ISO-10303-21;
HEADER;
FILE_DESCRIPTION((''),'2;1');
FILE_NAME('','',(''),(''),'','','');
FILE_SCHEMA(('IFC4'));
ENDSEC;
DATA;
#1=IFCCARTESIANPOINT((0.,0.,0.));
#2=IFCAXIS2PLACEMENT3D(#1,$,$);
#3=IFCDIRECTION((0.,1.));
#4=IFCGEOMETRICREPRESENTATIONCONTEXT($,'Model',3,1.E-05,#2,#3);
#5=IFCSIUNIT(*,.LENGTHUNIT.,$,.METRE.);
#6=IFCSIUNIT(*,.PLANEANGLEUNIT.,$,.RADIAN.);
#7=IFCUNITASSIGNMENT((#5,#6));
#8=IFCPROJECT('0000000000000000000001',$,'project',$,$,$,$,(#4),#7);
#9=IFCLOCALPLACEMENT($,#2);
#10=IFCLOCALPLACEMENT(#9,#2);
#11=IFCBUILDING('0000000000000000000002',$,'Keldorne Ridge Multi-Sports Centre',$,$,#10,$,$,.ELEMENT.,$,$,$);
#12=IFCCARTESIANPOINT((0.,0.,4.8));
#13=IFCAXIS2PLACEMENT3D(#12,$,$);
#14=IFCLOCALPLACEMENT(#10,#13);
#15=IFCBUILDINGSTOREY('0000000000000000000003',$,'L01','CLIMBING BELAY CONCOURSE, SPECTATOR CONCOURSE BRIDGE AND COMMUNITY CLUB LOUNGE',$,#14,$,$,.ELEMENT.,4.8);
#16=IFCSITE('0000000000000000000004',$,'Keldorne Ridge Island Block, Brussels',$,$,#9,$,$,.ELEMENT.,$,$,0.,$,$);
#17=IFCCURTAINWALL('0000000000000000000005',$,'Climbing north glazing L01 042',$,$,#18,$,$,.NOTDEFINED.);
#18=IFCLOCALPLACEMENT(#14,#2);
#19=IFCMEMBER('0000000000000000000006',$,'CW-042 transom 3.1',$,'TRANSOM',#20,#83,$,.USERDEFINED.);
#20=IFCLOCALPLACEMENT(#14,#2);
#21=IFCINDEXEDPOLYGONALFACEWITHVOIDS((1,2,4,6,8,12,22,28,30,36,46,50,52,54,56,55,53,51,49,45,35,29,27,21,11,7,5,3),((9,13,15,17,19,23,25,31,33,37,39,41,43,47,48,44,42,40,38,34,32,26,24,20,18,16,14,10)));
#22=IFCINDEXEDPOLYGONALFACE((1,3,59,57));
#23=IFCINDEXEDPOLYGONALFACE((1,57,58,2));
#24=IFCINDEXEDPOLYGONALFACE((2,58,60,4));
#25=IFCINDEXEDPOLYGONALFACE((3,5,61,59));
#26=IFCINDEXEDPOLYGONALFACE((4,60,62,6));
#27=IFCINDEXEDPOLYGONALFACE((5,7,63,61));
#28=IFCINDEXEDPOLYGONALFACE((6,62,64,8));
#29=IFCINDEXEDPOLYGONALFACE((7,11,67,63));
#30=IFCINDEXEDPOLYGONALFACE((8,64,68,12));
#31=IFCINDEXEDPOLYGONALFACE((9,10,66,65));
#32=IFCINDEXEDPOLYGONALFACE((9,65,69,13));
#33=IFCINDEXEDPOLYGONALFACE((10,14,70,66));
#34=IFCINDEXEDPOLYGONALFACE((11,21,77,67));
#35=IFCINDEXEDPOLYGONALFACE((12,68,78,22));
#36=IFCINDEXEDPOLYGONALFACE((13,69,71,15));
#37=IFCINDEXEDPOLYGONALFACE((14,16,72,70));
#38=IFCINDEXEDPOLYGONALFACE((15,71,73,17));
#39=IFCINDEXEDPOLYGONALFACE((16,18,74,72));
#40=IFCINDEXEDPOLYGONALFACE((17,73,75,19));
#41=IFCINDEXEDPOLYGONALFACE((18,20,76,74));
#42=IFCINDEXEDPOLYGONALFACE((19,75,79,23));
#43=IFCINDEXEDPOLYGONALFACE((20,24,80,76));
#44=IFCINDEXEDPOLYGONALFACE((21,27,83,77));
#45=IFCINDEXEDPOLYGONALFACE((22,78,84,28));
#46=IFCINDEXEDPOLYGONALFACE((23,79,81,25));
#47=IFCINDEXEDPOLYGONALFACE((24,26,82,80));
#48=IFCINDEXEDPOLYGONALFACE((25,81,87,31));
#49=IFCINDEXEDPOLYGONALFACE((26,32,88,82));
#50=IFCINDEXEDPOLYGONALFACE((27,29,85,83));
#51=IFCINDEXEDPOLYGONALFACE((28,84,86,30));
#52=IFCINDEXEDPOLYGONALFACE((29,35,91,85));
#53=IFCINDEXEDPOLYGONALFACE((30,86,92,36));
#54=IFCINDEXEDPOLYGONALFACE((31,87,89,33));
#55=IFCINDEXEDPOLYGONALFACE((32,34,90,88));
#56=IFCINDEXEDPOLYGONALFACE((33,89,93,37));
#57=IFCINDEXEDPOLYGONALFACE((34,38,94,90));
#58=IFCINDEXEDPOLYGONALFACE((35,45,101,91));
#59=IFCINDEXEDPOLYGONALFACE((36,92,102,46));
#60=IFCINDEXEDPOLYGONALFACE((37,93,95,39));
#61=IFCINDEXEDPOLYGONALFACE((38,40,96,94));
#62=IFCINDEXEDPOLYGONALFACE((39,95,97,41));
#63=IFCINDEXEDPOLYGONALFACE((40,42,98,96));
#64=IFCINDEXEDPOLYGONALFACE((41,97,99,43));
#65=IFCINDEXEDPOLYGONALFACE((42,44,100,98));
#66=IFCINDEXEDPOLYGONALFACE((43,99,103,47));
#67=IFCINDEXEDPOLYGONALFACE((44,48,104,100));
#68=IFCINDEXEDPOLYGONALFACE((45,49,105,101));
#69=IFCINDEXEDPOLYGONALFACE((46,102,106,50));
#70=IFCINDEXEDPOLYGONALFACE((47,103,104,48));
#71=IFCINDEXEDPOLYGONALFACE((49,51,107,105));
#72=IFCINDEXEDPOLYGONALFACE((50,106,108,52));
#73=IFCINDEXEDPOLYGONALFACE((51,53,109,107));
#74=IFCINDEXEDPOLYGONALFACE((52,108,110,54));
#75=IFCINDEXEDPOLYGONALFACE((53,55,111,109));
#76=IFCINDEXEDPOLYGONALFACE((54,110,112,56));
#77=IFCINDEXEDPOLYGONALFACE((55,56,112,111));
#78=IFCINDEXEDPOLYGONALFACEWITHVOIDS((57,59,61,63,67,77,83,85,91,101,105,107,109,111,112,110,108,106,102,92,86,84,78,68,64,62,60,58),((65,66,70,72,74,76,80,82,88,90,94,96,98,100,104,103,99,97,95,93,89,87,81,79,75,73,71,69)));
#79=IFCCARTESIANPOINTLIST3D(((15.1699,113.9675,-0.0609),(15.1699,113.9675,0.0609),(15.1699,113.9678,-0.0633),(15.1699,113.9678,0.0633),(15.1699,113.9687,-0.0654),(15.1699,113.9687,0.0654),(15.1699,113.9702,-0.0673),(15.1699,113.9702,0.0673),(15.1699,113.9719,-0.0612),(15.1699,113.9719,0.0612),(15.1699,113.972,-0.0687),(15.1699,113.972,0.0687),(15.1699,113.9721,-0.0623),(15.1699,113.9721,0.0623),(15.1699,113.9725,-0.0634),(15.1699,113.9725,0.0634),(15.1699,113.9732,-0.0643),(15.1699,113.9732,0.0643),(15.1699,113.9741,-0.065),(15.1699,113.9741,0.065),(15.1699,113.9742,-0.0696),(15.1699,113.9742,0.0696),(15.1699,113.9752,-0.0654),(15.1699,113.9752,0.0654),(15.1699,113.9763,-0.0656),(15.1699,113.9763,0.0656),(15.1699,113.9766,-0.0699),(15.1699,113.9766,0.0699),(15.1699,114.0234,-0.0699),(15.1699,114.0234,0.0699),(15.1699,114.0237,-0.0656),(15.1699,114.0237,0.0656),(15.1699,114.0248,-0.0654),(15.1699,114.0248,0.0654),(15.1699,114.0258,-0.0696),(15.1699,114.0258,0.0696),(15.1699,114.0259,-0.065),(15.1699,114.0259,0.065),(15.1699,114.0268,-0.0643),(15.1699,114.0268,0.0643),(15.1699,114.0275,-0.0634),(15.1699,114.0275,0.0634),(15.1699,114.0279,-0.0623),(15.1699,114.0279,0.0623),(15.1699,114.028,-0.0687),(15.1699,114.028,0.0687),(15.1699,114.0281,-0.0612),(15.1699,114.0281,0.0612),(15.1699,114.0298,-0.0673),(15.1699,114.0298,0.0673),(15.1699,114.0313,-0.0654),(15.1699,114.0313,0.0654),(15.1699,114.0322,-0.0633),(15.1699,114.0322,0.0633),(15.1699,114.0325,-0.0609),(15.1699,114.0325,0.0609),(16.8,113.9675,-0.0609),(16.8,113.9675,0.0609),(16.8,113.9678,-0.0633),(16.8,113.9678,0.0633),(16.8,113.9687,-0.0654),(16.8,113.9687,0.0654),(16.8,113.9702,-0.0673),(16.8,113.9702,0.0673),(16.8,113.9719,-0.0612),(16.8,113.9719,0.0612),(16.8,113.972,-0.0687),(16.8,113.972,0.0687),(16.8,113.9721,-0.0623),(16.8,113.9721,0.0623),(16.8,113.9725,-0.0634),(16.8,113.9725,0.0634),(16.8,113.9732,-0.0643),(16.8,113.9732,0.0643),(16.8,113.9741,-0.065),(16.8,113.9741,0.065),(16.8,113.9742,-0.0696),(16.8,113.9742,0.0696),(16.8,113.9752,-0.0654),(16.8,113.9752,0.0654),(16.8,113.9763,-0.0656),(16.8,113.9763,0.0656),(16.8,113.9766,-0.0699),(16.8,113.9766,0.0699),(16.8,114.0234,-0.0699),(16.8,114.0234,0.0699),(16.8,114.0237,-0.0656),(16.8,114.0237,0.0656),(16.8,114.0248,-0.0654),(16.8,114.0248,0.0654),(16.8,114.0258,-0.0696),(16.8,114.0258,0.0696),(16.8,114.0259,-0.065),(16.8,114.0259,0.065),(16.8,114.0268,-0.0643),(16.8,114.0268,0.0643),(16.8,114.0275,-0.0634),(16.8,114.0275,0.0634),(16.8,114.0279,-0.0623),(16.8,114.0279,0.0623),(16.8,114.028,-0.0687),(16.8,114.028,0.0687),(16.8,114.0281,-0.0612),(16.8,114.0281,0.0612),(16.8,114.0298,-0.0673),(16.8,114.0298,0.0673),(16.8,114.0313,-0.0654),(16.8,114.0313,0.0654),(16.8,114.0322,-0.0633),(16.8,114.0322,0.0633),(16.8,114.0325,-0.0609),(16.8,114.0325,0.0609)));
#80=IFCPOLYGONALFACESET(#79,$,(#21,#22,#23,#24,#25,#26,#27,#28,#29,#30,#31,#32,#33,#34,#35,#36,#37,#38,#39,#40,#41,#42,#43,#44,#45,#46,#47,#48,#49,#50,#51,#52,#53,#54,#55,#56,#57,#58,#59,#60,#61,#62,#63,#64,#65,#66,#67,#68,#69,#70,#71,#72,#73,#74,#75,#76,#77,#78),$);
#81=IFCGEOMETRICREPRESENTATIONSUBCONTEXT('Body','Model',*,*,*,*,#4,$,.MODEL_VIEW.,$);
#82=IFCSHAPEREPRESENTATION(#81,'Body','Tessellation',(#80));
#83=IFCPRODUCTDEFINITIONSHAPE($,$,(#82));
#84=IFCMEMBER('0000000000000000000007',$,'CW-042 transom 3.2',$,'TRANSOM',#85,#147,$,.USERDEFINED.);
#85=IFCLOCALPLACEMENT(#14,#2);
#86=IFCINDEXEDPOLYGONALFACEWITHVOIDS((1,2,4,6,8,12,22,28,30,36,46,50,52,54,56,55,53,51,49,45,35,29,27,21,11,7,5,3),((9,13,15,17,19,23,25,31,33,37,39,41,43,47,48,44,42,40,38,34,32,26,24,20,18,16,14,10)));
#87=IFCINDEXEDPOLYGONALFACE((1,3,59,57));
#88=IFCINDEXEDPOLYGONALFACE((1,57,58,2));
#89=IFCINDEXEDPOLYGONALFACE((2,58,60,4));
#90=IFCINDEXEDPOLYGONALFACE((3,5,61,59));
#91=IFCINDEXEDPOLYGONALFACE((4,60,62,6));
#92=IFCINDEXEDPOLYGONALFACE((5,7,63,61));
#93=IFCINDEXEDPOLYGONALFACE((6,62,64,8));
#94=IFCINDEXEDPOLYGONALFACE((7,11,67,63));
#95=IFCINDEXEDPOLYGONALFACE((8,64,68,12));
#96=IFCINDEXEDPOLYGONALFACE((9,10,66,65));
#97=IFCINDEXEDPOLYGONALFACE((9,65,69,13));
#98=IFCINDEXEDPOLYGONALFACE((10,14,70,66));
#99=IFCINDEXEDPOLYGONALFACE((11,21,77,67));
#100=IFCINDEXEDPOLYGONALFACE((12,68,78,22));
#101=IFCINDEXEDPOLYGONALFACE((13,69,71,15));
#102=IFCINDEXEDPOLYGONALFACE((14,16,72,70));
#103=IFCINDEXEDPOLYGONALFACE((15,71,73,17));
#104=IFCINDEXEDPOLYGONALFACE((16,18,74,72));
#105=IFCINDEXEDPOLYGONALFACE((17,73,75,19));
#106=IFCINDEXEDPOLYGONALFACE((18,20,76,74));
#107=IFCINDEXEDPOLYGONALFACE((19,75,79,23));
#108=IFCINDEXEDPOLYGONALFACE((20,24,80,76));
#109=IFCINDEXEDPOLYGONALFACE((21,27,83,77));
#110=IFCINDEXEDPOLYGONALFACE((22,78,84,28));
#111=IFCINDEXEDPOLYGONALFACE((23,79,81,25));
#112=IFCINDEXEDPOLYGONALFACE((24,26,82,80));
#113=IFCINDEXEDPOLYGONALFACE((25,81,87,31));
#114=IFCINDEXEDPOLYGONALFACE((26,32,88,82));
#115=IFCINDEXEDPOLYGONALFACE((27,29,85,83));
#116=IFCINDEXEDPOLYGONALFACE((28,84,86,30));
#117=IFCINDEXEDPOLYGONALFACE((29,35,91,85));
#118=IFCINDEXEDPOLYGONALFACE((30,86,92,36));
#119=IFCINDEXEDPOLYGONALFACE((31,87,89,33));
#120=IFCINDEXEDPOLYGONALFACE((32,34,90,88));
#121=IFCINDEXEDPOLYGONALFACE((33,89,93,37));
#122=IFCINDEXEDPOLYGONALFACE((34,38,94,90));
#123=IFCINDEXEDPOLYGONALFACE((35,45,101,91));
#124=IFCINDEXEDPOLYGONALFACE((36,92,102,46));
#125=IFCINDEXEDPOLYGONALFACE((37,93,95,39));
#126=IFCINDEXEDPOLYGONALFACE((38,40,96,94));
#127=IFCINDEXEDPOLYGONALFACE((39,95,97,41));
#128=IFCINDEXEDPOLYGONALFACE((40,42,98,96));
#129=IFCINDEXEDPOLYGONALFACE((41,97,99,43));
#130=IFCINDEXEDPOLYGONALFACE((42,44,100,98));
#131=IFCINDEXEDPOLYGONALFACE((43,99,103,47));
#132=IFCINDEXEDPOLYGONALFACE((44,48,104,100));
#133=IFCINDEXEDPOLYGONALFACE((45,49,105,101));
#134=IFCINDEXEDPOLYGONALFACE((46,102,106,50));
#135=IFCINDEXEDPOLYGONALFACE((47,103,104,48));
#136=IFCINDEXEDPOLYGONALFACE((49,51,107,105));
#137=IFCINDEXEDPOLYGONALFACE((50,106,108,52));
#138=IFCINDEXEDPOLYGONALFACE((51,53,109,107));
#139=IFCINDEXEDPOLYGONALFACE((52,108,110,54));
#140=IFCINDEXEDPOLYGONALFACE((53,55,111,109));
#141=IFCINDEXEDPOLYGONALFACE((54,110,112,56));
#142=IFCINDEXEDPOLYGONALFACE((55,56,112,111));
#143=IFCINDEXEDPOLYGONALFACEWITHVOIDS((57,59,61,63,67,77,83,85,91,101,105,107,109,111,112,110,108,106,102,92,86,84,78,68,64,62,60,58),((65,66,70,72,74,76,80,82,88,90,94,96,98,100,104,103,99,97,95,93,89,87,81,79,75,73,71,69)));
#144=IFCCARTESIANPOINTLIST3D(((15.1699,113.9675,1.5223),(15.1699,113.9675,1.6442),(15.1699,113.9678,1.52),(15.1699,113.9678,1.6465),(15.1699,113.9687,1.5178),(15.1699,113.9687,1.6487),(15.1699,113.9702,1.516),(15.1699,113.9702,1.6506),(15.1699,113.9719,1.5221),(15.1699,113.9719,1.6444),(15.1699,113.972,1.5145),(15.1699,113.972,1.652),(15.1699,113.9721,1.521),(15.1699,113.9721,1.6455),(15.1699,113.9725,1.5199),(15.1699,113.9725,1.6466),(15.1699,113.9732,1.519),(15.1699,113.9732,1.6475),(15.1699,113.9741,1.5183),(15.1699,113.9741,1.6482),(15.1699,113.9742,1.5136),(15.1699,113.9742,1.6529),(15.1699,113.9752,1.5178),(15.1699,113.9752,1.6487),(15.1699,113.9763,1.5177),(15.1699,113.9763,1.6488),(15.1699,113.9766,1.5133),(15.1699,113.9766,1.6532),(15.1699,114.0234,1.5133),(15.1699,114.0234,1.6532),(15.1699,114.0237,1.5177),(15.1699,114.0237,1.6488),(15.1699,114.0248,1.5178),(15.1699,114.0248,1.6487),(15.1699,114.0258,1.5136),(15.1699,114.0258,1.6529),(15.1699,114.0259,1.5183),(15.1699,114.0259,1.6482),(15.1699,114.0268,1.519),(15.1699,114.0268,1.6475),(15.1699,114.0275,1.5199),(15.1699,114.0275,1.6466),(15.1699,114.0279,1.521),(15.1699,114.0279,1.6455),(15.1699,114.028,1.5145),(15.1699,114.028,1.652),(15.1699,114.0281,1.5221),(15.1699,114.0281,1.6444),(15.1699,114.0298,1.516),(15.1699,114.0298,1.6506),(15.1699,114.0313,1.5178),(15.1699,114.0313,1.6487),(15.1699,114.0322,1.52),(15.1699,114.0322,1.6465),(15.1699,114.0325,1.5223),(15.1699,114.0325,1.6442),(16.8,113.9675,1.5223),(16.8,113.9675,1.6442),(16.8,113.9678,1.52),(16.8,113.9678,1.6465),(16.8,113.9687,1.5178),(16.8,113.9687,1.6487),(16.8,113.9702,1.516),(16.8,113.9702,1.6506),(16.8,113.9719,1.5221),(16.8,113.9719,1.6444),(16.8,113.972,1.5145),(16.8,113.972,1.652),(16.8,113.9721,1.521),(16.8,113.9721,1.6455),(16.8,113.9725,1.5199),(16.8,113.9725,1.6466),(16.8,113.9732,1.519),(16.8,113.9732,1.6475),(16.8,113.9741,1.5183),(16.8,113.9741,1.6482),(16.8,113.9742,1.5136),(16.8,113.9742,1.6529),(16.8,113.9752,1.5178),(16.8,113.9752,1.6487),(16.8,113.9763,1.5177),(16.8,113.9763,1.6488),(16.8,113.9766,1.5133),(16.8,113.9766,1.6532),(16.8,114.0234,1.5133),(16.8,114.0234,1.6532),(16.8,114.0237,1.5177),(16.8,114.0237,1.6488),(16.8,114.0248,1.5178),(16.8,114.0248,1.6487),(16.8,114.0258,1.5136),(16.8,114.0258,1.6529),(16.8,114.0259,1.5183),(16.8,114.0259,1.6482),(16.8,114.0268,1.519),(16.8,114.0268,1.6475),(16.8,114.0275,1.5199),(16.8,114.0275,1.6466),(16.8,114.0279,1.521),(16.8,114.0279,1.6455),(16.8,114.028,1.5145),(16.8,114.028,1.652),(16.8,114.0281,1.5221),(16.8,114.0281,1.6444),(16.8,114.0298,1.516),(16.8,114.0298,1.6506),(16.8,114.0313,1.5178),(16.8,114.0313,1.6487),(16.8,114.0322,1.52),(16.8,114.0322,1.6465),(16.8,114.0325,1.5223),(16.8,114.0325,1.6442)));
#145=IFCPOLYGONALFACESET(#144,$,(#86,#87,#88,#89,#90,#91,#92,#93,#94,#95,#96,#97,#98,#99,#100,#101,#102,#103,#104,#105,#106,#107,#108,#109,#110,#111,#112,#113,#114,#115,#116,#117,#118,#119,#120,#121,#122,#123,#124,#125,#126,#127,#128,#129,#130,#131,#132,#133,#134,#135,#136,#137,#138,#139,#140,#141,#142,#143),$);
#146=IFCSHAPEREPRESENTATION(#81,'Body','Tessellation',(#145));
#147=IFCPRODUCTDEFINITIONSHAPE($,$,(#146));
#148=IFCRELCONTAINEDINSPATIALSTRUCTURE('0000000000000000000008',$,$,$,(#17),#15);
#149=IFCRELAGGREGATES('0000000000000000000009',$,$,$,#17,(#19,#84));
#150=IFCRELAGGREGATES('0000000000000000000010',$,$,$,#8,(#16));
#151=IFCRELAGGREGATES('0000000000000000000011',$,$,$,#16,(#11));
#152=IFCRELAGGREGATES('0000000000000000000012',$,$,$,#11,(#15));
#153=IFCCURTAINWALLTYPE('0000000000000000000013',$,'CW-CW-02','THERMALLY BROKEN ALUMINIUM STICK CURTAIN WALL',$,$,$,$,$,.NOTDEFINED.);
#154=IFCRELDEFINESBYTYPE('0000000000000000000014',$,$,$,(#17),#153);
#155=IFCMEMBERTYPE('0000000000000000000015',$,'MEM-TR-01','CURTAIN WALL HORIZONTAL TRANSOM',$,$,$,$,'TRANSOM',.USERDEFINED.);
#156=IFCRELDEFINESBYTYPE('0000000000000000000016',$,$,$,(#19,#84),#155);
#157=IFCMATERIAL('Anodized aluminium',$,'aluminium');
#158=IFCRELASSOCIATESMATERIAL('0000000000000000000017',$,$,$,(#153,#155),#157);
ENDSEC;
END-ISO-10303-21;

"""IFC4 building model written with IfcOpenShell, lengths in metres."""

from ifc_helpers import new_model, si_unit, direction, frame, origin, origin_2d, place, context, subcontext, project, spatial, hollow_rectangle, extrude, material, material_profile, profile_set, type_object, element, aggregate, save


model = new_model("IFC4")

# Units and contexts
model_context = context("Model", 3, precision=1e-05, world=origin(), true_north=direction((0.0, 1.0)))
body_context = subcontext(model_context, "Body", "Model", "MODEL_VIEW")
ifc_project = project(units=[si_unit("LENGTHUNIT", "METRE"), si_unit("PLANEANGLEUNIT", "RADIAN")], contexts=[model_context])

# Site, building, storey
site_placement = place(None, origin())
site = spatial("IfcSite", under=ifc_project, at=site_placement, Name="Keldorne Ridge Island Block, Brussels", CompositionType="ELEMENT", RefElevation=0.0)
building_placement = place(site_placement, origin())
building = spatial("IfcBuilding", under=site, at=building_placement, Name="Keldorne Ridge Multi-Sports Centre", CompositionType="ELEMENT")
storey_placement = place(building_placement, frame((0.0, 0.0, 4.8)))
storey = spatial("IfcBuildingStorey", under=building, at=storey_placement, Name="L01", Description="CLIMBING BELAY CONCOURSE, SPECTATOR CONCOURSE BRIDGE AND COMMUNITY CLUB LOUNGE", CompositionType="ELEMENT", Elevation=4.8)

# Curtain wall
ifc_material_1 = material(Name="Anodized aluminium", Category="aluminium")
curtain_wall_type_1 = type_object("IfcCurtainWallType", Name="CW-CW-02", Description="THERMALLY BROKEN ALUMINIUM STICK CURTAIN WALL", PredefinedType="NOTDEFINED", material=ifc_material_1)
curtain_wall_1_placement = place(storey_placement, origin())
curtain_wall_1 = element("IfcCurtainWall", 1, at=curtain_wall_1_placement, inside=storey, type_object=curtain_wall_type_1, Name="Climbing north glazing L01 042", PredefinedType="NOTDEFINED")

# Members
ifc_material_profile_1 = material_profile(ifc_material_1, hollow_rectangle(XDim=0.0649, YDim=0.1399, WallThickness=0.0044, InnerFilletRadius=0.0044, OuterFilletRadius=0.009, at=origin_2d()), Name="ALU TRANSOM 140x65x4.5")
ifc_profile_set_1 = profile_set([ifc_material_profile_1], Name="Anodized aluminium")
member_type_1 = type_object("IfcMemberType", Name="MEM-TR-01", Description="CURTAIN WALL HORIZONTAL TRANSOM", ElementType="TRANSOM", PredefinedType="USERDEFINED", material=ifc_profile_set_1)
member_1_placement = place(storey_placement, frame((16.8, 114.0, 0.0), z_axis=(-1.0, 0.0, 0.0), x_axis=(0.0, -1.0, 0.0)))
member_1 = element("IfcMember", 2, at=member_1_placement, type_object=member_type_1, Name="CW-042 transom 3.1", ObjectType="TRANSOM", PredefinedType="USERDEFINED", context=body_context, shape_type="SweptSolid", body=[
    extrude(hollow_rectangle(XDim=0.0649, YDim=0.1399, WallThickness=0.0044, InnerFilletRadius=0.0044, OuterFilletRadius=0.009, at=origin_2d()), origin(), (0.0, 0.0, 1.0), 1.6301),
])
member_2_placement = place(storey_placement, frame((16.8, 114.0, 1.5833), z_axis=(-1.0, 0.0, 0.0), x_axis=(0.0, -1.0, 0.0)))
member_2 = element("IfcMember", 3, at=member_2_placement, type_object=member_type_1, Name="CW-042 transom 3.2", ObjectType="TRANSOM", PredefinedType="USERDEFINED", context=body_context, shape_type="SweptSolid", body=[
    extrude(hollow_rectangle(XDim=0.0649, YDim=0.1399, WallThickness=0.0044, InnerFilletRadius=0.0044, OuterFilletRadius=0.009, at=origin_2d()), origin(), (0.0, 0.0, 1.0), 1.6301),
])

aggregate(curtain_wall_1, [member_1, member_2])

save(model, "model.ifc")
